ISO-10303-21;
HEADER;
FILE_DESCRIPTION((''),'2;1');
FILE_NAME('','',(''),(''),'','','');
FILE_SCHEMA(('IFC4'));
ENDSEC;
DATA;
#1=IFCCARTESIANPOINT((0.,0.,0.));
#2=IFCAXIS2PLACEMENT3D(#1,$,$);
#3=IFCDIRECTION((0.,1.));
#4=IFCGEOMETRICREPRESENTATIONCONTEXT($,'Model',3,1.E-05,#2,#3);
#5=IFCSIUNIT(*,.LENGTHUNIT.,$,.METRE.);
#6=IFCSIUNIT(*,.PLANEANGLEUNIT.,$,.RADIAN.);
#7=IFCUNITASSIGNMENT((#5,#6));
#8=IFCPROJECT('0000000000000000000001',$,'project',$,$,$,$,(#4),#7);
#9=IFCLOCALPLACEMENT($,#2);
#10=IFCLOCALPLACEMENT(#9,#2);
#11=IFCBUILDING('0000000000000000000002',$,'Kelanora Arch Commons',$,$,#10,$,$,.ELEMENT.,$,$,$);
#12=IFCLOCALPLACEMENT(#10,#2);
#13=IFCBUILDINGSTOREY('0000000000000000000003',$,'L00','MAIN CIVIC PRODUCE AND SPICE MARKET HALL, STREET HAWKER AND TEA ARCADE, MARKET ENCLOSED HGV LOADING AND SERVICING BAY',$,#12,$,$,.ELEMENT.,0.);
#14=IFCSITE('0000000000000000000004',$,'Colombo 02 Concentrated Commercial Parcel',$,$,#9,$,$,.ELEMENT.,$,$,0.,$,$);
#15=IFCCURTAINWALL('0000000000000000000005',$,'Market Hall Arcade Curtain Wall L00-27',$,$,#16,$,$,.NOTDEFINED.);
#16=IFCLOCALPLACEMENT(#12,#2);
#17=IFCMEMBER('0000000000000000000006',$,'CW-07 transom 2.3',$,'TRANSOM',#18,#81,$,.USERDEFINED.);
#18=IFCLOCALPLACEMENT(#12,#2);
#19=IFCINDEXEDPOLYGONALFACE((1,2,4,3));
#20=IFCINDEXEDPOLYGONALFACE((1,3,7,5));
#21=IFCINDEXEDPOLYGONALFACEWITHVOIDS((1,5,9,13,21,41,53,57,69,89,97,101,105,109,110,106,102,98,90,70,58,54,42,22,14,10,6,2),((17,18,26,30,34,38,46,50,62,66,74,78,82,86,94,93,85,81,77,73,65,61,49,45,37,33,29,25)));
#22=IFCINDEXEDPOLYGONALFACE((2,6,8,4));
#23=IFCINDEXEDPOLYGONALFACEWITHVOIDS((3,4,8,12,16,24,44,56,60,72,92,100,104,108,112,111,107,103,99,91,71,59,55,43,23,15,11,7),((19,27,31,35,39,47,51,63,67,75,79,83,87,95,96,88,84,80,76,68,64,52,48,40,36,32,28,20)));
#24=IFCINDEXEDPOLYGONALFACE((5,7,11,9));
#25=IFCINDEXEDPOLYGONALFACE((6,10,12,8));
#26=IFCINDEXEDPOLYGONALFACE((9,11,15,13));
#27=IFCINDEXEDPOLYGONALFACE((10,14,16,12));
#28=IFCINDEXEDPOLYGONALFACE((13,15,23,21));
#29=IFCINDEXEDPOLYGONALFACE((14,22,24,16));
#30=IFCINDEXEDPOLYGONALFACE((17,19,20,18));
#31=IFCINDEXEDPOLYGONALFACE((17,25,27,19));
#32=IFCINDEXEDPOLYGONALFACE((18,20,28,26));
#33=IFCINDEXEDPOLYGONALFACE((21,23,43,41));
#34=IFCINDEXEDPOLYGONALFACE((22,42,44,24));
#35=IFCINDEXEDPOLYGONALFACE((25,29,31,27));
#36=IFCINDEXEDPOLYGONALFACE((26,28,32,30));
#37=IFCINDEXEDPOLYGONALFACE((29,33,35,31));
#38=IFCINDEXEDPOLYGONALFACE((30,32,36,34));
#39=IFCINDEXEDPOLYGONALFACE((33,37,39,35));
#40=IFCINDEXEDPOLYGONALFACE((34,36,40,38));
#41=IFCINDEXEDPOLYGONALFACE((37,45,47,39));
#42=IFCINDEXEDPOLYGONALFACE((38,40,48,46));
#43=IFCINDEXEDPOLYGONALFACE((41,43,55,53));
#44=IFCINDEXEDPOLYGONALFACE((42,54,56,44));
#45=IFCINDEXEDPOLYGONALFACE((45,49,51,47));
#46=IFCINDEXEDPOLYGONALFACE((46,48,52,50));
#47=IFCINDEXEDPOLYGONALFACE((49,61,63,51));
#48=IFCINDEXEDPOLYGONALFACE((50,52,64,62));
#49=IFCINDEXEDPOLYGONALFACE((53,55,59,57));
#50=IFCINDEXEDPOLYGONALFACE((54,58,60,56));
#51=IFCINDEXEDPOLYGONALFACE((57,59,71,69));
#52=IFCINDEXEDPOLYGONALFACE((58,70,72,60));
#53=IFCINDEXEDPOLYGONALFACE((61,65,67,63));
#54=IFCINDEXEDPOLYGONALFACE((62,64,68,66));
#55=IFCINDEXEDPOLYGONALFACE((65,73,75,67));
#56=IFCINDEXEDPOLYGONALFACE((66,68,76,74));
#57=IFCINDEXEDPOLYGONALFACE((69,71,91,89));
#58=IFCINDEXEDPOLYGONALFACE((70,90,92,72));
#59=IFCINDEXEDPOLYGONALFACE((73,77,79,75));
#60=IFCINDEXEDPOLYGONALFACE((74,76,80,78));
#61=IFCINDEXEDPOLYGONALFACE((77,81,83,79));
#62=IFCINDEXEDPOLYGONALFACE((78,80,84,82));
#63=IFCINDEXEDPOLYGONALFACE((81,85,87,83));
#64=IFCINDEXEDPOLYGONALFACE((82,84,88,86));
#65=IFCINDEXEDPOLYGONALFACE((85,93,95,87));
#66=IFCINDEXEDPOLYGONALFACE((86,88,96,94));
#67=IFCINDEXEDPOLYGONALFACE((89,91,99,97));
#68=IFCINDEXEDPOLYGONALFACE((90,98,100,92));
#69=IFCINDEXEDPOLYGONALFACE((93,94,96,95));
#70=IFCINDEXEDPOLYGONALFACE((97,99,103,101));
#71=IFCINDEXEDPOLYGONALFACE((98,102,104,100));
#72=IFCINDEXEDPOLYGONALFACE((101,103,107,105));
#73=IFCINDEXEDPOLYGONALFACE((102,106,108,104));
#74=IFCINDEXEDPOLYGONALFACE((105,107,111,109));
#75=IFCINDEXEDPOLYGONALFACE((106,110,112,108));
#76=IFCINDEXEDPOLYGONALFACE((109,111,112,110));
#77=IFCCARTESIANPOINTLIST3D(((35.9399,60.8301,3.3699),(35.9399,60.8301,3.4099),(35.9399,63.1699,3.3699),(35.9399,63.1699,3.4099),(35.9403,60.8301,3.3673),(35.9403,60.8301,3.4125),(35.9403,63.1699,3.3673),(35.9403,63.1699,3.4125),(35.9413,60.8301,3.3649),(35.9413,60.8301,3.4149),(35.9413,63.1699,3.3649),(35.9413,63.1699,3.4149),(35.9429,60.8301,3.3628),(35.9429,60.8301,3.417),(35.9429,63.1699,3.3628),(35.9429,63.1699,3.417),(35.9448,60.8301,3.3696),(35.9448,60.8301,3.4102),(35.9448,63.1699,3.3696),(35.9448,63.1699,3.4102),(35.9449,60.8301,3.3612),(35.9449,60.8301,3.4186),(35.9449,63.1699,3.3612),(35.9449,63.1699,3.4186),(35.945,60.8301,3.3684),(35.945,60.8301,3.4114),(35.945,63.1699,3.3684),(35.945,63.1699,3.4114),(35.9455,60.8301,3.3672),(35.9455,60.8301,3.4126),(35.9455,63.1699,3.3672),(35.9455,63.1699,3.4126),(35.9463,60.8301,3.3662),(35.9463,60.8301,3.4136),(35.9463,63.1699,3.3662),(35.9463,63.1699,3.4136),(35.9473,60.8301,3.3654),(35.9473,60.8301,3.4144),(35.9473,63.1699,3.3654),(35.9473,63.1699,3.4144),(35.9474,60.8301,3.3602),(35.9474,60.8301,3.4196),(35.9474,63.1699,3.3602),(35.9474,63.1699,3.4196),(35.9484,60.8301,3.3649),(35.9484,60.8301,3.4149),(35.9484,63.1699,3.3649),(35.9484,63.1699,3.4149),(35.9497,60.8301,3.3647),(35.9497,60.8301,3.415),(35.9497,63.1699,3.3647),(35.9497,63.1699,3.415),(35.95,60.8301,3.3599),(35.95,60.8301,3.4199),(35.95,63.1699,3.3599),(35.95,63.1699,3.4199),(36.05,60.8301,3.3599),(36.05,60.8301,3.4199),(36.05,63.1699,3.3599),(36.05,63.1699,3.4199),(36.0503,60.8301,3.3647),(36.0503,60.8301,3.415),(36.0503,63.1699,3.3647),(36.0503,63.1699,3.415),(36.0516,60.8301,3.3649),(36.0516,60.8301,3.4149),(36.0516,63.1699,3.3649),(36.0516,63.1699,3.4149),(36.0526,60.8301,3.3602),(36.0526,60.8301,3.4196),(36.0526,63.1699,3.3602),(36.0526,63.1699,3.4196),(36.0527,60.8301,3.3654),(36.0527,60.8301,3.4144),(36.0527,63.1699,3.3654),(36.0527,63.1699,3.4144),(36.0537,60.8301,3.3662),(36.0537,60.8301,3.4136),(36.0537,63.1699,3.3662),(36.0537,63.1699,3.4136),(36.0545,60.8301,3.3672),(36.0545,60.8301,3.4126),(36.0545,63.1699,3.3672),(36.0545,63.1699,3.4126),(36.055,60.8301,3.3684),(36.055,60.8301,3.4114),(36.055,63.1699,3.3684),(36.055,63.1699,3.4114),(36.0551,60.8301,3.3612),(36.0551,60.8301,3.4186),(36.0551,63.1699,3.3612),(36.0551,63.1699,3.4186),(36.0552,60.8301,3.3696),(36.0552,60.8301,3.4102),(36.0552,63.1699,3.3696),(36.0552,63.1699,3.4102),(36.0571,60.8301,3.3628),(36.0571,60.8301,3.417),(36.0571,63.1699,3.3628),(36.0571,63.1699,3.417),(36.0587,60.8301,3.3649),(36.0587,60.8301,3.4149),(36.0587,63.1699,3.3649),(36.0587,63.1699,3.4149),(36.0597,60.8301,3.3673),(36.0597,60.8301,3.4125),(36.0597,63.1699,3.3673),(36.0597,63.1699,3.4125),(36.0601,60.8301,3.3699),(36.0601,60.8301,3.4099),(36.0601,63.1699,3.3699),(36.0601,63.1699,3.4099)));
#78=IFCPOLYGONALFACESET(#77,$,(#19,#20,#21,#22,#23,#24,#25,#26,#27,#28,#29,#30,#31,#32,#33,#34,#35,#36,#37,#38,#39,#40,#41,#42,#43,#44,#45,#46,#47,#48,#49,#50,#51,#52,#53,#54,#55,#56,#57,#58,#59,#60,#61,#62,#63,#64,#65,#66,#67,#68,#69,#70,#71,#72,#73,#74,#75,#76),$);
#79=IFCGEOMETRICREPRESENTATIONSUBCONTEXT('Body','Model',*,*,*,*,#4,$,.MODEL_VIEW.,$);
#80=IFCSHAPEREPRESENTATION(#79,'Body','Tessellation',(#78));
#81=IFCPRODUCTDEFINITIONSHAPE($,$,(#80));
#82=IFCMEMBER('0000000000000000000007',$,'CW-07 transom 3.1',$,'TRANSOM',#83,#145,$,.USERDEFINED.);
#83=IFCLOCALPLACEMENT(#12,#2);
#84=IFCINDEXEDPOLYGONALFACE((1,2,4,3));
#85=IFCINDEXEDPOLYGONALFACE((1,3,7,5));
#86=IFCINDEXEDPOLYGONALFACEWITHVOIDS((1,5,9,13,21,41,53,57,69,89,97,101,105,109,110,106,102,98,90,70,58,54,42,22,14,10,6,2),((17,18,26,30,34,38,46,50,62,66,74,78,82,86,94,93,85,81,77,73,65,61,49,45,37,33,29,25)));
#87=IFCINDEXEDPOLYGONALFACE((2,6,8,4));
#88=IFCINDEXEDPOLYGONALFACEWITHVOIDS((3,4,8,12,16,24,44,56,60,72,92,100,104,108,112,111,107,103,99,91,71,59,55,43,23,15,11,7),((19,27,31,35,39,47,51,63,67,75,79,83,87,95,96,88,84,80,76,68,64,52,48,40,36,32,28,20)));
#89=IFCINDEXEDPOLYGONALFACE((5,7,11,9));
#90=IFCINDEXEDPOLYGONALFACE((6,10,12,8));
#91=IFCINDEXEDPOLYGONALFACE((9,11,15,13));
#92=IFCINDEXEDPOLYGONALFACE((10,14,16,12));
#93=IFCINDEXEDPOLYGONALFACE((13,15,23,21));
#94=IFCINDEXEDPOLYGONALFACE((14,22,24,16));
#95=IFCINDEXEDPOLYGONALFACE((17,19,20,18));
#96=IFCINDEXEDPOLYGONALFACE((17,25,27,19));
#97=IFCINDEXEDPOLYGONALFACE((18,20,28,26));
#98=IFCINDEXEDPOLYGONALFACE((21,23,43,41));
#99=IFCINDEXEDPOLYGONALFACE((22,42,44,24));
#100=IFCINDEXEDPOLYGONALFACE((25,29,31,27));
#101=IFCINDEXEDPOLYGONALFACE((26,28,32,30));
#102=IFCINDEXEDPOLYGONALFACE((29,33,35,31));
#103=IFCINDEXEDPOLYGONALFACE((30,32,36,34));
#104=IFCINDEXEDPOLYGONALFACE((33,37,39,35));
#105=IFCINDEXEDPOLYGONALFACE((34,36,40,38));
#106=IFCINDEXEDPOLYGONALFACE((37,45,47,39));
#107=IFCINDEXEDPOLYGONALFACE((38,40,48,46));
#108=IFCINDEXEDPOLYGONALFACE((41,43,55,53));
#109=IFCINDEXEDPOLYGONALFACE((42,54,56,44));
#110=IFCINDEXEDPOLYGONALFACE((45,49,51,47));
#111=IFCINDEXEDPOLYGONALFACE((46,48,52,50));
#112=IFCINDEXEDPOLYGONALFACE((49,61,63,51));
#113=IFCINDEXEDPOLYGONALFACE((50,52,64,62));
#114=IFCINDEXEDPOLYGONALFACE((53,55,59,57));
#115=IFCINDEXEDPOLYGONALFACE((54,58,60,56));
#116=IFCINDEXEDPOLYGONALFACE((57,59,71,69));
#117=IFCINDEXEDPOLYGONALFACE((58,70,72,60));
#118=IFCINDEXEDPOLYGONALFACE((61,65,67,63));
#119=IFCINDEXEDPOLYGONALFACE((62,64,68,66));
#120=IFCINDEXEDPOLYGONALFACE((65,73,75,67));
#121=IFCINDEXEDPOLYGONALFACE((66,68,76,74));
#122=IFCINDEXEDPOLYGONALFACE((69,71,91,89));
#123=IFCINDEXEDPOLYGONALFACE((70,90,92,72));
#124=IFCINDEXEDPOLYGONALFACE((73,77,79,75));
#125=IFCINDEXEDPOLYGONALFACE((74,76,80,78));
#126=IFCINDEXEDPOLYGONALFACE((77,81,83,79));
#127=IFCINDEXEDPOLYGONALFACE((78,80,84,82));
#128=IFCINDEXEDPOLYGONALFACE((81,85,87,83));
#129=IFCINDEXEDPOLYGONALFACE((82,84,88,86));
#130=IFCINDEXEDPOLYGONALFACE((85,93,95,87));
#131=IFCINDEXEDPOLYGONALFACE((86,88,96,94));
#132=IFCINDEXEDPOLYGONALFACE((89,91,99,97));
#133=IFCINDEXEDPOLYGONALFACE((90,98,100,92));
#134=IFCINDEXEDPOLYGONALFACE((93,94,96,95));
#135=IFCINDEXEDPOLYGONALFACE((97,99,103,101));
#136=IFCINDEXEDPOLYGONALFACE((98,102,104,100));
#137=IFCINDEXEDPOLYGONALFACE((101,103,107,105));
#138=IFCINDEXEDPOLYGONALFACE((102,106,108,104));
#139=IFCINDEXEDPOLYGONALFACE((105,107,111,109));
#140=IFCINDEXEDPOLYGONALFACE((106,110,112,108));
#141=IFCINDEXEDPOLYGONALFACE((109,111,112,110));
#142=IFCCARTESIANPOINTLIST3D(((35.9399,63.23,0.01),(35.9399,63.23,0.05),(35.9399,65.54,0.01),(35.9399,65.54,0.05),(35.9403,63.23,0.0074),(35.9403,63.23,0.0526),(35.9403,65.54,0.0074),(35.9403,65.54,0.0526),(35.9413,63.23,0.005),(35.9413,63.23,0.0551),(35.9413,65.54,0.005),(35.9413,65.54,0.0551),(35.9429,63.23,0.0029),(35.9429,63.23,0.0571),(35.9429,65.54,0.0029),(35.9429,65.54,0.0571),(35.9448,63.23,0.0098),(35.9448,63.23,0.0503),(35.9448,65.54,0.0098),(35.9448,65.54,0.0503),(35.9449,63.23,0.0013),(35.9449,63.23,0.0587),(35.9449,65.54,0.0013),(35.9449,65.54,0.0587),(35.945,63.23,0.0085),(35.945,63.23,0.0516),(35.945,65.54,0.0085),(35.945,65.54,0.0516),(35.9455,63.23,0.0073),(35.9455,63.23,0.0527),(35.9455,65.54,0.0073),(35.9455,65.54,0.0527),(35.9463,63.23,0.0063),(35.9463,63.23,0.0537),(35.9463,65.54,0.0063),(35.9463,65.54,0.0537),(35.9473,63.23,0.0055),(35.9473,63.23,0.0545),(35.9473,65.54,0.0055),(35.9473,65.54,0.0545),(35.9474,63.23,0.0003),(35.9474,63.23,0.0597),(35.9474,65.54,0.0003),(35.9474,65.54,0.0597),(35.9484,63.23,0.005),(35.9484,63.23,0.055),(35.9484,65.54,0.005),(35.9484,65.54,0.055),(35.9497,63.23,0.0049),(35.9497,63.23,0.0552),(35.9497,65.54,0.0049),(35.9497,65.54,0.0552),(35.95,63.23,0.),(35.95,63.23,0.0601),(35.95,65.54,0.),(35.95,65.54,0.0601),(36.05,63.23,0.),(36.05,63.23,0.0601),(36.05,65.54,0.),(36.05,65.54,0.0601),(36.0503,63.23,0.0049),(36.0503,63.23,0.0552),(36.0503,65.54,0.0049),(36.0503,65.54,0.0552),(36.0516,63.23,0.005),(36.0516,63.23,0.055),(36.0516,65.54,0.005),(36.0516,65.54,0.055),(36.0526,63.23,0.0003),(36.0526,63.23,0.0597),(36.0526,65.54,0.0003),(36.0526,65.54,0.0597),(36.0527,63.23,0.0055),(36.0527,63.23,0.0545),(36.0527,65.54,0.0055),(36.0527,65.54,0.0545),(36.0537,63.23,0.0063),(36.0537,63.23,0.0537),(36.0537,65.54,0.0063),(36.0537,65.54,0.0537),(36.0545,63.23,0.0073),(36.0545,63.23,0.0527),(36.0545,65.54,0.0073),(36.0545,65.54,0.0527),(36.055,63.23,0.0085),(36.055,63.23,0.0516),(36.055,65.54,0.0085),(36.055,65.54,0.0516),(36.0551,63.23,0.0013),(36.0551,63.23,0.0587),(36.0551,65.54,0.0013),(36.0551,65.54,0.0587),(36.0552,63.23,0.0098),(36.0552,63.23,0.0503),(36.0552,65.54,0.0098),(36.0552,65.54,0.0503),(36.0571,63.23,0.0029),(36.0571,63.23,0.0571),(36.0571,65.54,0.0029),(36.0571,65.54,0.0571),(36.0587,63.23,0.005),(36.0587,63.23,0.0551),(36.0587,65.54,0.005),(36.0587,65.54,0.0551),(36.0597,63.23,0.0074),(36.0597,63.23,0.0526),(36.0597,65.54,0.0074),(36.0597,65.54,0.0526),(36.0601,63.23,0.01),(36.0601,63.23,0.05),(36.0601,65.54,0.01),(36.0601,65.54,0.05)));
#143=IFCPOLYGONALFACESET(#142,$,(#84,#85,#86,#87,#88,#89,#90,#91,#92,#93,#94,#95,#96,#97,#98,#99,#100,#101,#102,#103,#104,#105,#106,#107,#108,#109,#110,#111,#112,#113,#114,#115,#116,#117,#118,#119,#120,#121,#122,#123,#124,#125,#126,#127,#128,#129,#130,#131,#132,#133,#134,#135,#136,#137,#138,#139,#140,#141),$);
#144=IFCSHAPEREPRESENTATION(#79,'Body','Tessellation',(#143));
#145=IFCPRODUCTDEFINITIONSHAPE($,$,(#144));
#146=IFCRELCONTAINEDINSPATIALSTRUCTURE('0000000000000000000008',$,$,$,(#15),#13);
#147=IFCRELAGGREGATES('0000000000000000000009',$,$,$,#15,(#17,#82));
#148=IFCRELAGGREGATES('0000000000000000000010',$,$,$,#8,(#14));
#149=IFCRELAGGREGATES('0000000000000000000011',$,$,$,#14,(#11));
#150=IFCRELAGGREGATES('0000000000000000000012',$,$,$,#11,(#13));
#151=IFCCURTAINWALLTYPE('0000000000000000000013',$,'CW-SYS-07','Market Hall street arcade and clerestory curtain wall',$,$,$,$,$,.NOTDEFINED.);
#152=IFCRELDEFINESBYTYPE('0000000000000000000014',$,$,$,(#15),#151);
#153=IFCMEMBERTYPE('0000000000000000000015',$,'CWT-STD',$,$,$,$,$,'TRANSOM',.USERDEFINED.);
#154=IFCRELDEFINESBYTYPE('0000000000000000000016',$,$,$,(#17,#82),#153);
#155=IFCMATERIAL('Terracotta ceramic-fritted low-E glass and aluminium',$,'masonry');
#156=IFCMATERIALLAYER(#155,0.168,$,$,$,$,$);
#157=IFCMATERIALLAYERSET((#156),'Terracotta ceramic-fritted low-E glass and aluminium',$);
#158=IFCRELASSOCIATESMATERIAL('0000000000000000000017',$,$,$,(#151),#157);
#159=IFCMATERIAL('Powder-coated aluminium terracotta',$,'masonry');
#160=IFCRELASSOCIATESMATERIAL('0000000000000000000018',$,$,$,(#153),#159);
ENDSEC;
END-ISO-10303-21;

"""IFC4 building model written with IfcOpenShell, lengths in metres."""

from ifc_helpers import new_model, si_unit, direction, frame, origin, origin_2d, place, context, subcontext, project, spatial, hollow_rectangle, extrude, material, layer, layer_set, material_profile, profile_set, type_object, element, aggregate, save


model = new_model("IFC4")

# Units and contexts
model_context = context("Model", 3, precision=1e-05, world=origin(), true_north=direction((0.0, 1.0)))
body_context = subcontext(model_context, "Body", "Model", "MODEL_VIEW")
ifc_project = project(units=[si_unit("LENGTHUNIT", "METRE"), si_unit("PLANEANGLEUNIT", "RADIAN")], contexts=[model_context])

# Site, building, storey
site_placement = place(None, origin())
site = spatial("IfcSite", under=ifc_project, at=site_placement, Name="Colombo 02 Concentrated Commercial Parcel", CompositionType="ELEMENT", RefElevation=0.0)
building_placement = place(site_placement, origin())
building = spatial("IfcBuilding", under=site, at=building_placement, Name="Kelanora Arch Commons", CompositionType="ELEMENT")
storey_placement = place(building_placement, origin())
storey = spatial("IfcBuildingStorey", under=building, at=storey_placement, Name="L00", Description="MAIN CIVIC PRODUCE AND SPICE MARKET HALL, STREET HAWKER AND TEA ARCADE, MARKET ENCLOSED HGV LOADING AND SERVICING BAY", CompositionType="ELEMENT", Elevation=0.0)

# Curtain wall, members
ifc_material_1 = material(Name="Terracotta ceramic-fritted low-E glass and aluminium", Category="masonry")
ifc_layer_1 = layer(ifc_material_1, 0.168)
ifc_layer_set_1 = layer_set([ifc_layer_1], Name="Terracotta ceramic-fritted low-E glass and aluminium")
curtain_wall_type = type_object("IfcCurtainWallType", Name="CW-SYS-07", Description="Market Hall street arcade and clerestory curtain wall", PredefinedType="NOTDEFINED", material=ifc_layer_set_1)
curtain_wall_placement = place(storey_placement, origin())
curtain_wall = element("IfcCurtainWall", 1, at=curtain_wall_placement, inside=storey, type_object=curtain_wall_type, Name="Market Hall Arcade Curtain Wall L00-27", PredefinedType="NOTDEFINED")
ifc_material_2 = material(Name="Powder-coated aluminium terracotta", Category="masonry")
ifc_material_profile_1 = material_profile(ifc_material_2, hollow_rectangle(XDim=0.1201, YDim=0.0601, WallThickness=0.0049, InnerFilletRadius=0.0049, OuterFilletRadius=0.01, at=origin_2d()), Name="CWT120x60")
ifc_profile_set_1 = profile_set([ifc_material_profile_1], Name="Powder-coated aluminium terracotta")
member_type_1 = type_object("IfcMemberType", Name="CWT-STD", ElementType="TRANSOM", PredefinedType="USERDEFINED", material=ifc_profile_set_1)
member_1_placement = place(storey_placement, frame((36.0, 60.8301, 3.3899), z_axis=(0.0, 1.0, 0.0), x_axis=(-1.0, 0.0, 0.0)))
member_1 = element("IfcMember", 2, at=member_1_placement, type_object=member_type_1, Name="CW-07 transom 2.3", ObjectType="TRANSOM", PredefinedType="USERDEFINED", context=body_context, shape_type="SweptSolid", body=[
    extrude(hollow_rectangle(XDim=0.1201, YDim=0.0601, WallThickness=0.0049, InnerFilletRadius=0.0049, OuterFilletRadius=0.01, at=origin_2d()), origin(), (0.0, 0.0, 1.0), 2.3398),
])
member_2_placement = place(storey_placement, frame((36.0, 63.23, 0.03), z_axis=(0.0, 1.0, 0.0), x_axis=(-1.0, 0.0, 0.0)))
member_2 = element("IfcMember", 3, at=member_2_placement, type_object=member_type_1, Name="CW-07 transom 3.1", ObjectType="TRANSOM", PredefinedType="USERDEFINED", context=body_context, shape_type="SweptSolid", body=[
    extrude(hollow_rectangle(XDim=0.1201, YDim=0.0601, WallThickness=0.0049, InnerFilletRadius=0.0049, OuterFilletRadius=0.01, at=origin_2d()), origin(), (0.0, 0.0, 1.0), 2.3101),
])
aggregate(curtain_wall, [member_1, member_2])

save(model, "model.ifc")
